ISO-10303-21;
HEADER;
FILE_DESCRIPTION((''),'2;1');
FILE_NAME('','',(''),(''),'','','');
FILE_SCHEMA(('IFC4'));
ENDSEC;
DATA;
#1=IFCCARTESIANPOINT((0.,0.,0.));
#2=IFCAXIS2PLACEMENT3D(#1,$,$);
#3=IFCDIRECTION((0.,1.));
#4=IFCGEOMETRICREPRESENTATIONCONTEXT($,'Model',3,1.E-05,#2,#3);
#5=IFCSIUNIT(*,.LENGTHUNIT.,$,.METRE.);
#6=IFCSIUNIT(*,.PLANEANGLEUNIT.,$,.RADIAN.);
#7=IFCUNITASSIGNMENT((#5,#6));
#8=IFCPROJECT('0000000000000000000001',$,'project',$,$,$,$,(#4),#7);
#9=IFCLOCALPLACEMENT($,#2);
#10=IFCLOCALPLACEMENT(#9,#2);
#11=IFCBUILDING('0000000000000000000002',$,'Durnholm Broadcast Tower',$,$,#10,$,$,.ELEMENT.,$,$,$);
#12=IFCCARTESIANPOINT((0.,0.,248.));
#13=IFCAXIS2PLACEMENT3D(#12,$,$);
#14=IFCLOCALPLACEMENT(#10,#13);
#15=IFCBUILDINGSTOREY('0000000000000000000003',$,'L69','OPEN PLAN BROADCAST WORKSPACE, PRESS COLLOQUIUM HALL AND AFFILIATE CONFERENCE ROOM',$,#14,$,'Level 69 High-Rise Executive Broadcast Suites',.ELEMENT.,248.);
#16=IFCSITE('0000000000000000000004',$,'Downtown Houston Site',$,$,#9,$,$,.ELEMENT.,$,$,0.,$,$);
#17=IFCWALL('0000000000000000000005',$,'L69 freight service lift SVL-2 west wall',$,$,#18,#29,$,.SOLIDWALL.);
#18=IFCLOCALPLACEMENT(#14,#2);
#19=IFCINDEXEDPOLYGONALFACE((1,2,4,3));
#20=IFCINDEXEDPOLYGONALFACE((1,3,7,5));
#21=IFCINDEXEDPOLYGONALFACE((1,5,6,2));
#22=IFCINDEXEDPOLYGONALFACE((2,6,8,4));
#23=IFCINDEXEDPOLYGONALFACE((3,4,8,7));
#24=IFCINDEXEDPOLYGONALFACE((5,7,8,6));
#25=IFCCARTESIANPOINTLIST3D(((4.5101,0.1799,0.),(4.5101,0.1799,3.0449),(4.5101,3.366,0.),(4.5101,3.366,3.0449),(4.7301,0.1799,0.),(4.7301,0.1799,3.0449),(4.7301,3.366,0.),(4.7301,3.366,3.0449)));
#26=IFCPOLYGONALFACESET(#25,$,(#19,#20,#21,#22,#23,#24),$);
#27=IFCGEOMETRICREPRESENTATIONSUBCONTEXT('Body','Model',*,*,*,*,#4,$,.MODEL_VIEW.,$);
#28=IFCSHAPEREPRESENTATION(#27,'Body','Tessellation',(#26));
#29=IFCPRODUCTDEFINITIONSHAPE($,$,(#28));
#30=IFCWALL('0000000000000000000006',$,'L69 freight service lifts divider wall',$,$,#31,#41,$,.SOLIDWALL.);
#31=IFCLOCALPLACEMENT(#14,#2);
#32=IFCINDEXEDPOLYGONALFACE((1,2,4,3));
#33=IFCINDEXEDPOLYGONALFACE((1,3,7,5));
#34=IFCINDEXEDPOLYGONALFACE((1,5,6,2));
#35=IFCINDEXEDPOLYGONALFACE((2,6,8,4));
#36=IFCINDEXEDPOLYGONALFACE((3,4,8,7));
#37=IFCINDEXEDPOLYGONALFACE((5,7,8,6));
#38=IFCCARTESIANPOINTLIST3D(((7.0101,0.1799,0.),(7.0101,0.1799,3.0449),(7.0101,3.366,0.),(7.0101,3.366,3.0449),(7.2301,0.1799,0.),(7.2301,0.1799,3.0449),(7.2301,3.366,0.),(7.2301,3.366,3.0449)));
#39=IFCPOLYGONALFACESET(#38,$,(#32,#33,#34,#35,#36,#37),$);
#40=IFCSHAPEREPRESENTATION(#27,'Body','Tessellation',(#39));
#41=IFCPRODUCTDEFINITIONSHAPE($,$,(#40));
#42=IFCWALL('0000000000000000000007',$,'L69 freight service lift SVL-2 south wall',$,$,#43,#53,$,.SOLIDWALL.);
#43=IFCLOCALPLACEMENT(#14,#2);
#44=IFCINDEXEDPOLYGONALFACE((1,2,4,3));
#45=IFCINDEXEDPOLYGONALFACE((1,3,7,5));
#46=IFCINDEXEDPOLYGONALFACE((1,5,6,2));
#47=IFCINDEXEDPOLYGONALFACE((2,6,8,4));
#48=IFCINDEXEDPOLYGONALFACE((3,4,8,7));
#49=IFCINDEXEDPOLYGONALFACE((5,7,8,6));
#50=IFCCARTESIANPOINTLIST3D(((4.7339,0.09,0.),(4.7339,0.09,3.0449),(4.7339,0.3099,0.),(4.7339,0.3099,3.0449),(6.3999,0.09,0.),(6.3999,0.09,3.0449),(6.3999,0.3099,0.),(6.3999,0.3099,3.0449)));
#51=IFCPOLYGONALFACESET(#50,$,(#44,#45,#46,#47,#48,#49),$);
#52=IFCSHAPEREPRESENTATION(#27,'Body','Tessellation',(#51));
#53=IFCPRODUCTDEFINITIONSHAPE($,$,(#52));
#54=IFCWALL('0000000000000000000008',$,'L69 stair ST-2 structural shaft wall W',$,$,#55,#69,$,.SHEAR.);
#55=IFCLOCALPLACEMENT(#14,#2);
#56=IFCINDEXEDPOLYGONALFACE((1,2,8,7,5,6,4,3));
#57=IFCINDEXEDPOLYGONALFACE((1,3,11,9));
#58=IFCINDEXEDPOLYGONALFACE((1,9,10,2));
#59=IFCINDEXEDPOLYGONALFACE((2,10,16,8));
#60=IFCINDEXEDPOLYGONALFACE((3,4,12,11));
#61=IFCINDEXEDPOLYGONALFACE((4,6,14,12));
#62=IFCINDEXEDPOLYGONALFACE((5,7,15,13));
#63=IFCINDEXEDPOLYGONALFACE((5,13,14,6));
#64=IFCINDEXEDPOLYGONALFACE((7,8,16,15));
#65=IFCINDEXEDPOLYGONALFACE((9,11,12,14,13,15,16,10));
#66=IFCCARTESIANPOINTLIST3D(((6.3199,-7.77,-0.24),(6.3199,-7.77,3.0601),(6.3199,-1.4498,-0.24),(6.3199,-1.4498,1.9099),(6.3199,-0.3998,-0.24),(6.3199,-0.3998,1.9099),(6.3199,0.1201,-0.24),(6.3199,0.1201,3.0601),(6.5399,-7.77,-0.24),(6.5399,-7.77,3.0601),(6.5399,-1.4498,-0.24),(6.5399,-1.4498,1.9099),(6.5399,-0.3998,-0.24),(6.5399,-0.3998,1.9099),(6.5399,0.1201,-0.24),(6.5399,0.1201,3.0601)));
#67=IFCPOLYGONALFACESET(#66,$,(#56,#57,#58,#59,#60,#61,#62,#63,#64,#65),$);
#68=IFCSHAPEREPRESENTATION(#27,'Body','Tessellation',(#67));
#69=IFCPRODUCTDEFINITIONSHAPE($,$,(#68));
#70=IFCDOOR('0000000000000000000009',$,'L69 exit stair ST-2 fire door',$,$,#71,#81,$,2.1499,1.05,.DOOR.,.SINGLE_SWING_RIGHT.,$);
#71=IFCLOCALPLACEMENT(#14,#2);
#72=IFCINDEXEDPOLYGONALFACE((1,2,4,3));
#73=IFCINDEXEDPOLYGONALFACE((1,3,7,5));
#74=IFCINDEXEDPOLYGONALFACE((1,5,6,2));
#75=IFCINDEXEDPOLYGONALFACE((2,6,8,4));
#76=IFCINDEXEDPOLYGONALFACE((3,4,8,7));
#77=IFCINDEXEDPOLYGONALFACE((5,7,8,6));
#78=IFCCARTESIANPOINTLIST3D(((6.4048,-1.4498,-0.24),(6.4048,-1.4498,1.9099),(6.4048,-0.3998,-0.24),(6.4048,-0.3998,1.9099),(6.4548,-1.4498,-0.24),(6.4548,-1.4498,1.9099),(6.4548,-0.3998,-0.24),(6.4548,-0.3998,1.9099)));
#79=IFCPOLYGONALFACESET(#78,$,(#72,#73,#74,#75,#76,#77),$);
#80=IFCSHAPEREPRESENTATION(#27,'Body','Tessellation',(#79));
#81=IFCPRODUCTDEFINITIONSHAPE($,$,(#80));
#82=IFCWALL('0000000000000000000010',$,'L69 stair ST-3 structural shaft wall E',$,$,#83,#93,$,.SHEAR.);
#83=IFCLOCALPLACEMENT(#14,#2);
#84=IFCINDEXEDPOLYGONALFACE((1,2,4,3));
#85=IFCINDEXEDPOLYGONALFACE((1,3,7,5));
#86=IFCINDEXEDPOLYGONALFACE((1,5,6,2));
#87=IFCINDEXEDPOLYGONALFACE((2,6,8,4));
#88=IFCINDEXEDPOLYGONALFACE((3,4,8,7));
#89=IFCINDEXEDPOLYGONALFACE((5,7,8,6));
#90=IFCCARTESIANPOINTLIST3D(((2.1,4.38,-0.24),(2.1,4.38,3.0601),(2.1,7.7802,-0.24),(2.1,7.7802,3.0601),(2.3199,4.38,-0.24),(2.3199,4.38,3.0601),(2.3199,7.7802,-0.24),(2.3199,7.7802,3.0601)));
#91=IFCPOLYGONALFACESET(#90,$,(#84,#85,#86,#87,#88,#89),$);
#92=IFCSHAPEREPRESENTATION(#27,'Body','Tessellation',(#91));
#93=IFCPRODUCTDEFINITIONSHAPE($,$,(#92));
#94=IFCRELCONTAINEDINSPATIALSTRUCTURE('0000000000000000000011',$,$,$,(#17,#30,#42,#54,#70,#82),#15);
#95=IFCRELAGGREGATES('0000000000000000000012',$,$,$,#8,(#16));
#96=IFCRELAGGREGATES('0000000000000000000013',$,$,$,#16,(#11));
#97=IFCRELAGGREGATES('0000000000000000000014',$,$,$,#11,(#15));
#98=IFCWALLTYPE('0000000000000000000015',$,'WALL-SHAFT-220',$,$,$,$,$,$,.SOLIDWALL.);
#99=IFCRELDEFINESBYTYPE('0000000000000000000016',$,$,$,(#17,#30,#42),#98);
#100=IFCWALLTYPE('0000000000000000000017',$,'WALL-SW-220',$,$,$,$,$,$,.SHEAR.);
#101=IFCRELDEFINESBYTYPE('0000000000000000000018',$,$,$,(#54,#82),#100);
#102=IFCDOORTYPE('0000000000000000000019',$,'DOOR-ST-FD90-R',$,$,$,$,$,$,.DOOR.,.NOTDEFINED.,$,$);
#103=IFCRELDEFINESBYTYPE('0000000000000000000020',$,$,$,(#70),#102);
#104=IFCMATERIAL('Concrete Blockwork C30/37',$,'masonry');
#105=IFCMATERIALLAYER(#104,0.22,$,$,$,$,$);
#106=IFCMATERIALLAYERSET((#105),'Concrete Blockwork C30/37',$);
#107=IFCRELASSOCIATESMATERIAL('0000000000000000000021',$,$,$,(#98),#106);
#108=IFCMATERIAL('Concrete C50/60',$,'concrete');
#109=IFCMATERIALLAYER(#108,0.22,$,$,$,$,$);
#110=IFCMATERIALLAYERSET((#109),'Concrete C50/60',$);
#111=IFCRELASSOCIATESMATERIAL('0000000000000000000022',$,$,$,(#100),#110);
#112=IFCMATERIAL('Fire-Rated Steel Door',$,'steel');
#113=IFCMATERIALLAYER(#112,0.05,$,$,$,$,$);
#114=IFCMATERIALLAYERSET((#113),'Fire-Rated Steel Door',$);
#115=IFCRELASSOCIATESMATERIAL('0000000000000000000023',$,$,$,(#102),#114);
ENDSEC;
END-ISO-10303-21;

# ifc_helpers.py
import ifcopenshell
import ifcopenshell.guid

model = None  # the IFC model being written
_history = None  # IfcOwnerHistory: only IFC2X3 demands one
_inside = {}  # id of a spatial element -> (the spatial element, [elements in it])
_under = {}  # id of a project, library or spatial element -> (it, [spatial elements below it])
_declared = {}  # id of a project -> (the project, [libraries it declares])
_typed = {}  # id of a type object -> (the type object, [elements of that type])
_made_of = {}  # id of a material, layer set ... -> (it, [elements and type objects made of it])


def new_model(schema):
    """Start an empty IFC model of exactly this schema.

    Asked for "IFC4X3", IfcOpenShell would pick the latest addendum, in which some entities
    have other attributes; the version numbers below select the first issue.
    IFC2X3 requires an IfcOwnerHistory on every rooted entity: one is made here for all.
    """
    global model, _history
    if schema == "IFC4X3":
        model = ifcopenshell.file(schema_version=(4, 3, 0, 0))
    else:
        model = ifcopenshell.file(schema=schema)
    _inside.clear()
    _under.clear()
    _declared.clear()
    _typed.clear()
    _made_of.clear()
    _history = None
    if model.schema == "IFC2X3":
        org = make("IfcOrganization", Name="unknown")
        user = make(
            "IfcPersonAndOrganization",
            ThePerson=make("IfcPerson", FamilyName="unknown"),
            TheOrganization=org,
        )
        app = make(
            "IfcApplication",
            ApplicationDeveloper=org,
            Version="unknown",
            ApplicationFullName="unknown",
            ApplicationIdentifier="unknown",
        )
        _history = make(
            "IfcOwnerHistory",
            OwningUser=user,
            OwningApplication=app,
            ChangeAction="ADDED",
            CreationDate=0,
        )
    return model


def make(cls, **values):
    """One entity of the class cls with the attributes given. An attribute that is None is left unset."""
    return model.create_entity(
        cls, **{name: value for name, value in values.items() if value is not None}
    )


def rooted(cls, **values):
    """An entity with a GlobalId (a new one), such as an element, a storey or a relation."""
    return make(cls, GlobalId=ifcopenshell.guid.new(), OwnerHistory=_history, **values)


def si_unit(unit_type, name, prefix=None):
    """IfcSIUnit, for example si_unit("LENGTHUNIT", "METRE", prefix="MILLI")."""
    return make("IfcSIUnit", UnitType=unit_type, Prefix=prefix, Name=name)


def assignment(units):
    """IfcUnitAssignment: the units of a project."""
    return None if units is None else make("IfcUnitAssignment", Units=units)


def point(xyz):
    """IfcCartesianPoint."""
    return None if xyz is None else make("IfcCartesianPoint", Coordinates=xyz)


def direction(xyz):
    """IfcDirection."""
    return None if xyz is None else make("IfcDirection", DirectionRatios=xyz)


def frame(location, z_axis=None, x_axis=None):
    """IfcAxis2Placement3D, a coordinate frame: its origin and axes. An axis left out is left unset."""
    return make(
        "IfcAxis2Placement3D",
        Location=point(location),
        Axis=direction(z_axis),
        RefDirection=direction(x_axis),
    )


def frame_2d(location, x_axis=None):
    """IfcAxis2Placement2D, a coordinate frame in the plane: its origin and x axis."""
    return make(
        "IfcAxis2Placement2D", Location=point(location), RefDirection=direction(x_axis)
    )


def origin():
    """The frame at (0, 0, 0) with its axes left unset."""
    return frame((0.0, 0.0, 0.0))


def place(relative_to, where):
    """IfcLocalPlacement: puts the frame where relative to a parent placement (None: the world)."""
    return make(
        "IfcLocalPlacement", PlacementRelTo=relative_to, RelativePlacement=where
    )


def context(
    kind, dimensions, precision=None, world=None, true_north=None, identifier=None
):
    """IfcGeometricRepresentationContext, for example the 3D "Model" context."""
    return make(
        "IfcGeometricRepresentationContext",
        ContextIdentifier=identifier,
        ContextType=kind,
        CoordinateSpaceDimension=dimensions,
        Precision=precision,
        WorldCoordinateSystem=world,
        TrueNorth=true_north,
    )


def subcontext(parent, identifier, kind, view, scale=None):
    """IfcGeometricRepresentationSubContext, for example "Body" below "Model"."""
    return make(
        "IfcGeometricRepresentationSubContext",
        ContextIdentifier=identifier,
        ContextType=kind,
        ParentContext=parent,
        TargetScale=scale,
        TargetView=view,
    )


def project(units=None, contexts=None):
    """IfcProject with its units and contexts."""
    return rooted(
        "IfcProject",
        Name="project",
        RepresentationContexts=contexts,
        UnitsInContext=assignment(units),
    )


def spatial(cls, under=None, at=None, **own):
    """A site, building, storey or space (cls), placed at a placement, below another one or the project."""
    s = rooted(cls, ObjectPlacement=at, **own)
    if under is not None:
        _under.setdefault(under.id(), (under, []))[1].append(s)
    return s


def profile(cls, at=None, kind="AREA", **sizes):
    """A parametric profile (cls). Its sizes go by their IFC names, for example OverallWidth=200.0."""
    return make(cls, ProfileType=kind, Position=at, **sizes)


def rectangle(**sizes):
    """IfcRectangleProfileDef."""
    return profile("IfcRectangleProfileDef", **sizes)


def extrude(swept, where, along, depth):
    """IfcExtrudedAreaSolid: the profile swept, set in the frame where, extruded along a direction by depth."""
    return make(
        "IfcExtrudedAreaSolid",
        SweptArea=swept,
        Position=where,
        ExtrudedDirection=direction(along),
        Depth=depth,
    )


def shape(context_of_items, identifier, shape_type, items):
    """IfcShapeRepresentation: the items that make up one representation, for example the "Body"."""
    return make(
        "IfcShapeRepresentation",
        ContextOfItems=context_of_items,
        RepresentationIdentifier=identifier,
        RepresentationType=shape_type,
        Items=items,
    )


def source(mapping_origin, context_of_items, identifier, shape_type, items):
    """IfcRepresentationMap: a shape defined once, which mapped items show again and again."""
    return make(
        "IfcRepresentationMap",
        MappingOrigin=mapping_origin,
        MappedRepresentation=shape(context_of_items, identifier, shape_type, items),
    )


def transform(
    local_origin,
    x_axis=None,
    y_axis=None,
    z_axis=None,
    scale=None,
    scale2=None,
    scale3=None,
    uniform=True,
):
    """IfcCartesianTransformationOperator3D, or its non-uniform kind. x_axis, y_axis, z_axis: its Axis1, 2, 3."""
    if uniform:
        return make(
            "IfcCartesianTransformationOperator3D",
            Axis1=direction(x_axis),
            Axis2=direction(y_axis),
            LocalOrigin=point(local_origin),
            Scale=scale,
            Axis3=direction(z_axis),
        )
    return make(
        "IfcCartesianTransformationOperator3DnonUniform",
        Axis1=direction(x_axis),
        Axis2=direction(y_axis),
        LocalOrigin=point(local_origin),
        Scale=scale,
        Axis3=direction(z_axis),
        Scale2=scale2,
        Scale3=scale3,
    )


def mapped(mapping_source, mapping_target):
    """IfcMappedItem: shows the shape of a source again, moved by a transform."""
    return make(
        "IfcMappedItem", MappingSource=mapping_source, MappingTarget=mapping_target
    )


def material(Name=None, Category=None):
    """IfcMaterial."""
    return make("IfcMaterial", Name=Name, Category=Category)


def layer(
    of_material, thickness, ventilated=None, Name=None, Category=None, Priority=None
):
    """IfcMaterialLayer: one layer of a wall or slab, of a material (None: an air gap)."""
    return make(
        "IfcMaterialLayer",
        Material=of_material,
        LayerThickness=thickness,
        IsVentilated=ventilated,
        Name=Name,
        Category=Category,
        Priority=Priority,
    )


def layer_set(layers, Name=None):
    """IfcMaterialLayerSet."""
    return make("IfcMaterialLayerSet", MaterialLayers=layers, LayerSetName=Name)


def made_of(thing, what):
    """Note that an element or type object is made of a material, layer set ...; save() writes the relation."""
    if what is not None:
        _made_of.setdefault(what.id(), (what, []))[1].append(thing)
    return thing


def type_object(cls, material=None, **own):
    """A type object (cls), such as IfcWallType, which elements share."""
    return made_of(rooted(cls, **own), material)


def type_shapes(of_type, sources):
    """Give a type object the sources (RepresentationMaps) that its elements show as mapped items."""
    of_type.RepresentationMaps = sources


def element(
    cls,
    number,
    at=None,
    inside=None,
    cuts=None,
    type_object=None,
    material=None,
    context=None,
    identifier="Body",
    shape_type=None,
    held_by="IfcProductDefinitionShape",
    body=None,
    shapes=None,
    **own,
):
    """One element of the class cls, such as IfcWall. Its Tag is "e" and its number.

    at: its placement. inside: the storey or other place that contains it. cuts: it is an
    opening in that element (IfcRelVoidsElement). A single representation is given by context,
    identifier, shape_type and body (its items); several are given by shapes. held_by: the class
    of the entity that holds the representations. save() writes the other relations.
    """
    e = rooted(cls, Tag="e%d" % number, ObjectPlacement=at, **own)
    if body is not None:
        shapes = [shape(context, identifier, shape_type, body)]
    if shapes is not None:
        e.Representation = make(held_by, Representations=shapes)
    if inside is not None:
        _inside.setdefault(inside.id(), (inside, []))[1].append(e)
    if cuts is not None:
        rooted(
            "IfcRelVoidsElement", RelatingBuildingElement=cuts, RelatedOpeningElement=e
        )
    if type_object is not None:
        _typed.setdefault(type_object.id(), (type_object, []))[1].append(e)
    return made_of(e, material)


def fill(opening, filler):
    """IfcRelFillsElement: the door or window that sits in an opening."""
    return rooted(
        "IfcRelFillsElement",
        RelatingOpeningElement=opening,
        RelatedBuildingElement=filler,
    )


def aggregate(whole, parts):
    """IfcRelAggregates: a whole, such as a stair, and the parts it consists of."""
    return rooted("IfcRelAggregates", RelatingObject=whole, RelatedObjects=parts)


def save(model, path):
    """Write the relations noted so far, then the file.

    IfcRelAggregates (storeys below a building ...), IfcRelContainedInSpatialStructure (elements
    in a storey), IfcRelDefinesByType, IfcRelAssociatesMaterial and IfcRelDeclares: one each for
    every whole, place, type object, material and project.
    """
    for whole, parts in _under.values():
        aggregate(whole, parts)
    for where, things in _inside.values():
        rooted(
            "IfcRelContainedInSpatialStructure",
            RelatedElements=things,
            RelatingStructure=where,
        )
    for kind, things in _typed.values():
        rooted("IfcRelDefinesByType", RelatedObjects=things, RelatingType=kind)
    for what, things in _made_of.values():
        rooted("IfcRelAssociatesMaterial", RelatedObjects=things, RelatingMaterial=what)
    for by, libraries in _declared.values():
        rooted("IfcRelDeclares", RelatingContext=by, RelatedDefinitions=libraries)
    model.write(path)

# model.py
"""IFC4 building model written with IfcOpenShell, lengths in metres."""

from ifc_helpers import new_model, si_unit, direction, frame, frame_2d, origin, place, context, subcontext, project, spatial, rectangle, extrude, source, transform, mapped, material, layer, layer_set, type_object, type_shapes, element, fill, save


model = new_model("IFC4")

# Units and contexts
model_context = context("Model", 3, precision=1e-05, world=origin(), true_north=direction((0.0, 1.0)))
body_context = subcontext(model_context, "Body", "Model", "MODEL_VIEW")
ifc_project = project(units=[si_unit("LENGTHUNIT", "METRE"), si_unit("PLANEANGLEUNIT", "RADIAN")], contexts=[model_context])

# Site, building, storey
site_placement = place(None, origin())
site = spatial("IfcSite", under=ifc_project, at=site_placement, Name="Downtown Houston Site", CompositionType="ELEMENT", RefElevation=0.0)
building_placement = place(site_placement, origin())
building = spatial("IfcBuilding", under=site, at=building_placement, Name="Durnholm Broadcast Tower", CompositionType="ELEMENT")
storey_placement = place(building_placement, frame((0.0, 0.0, 248.0)))
storey = spatial("IfcBuildingStorey", under=building, at=storey_placement, Name="L69", Description="OPEN PLAN BROADCAST WORKSPACE, PRESS COLLOQUIUM HALL AND AFFILIATE CONFERENCE ROOM", LongName="Level 69 High-Rise Executive Broadcast Suites", CompositionType="ELEMENT", Elevation=248.0)

# Shared definitions
ifc_material_1 = material(Name="Concrete C50/60", Category="concrete")

# Shared definitions
ifc_material_2 = material(Name="Concrete Blockwork C30/37", Category="masonry")
ifc_layer_1 = layer(ifc_material_2, 0.22)
ifc_layer_set_1 = layer_set([ifc_layer_1], Name="Concrete Blockwork C30/37")
wall_type_1 = type_object("IfcWallType", Name="WALL-SHAFT-220", PredefinedType="SOLIDWALL", material=ifc_layer_set_1)

# Walls
for number, where, z_axis, x_axis, name in (
    (1, (4.6201, 0.1799, 0.0), (0.0, 0.0, 1.0), (0.0, 1.0, 0.0), "L69 freight service lift SVL-2 west wall"),
    (2, (7.1201, 0.1799, 0.0), (0.0, 0.0, 1.0), (0.0, 1.0, 0.0), "L69 freight service lifts divider wall"),
):
    element("IfcWall", number, at=place(storey_placement, frame(where, z_axis=z_axis, x_axis=x_axis)), inside=storey, type_object=wall_type_1, Name=name, PredefinedType="SOLIDWALL", context=body_context, shape_type="SweptSolid", body=[
        extrude(rectangle(XDim=3.186, YDim=0.22, at=frame_2d((1.593, 0.0))), origin(), (0.0, 0.0, 1.0), 3.0449),
    ])
wall_1_placement = place(storey_placement, frame((4.7339, 0.2, 0.0), z_axis=(0.0, 0.0, 1.0), x_axis=(1.0, 0.0, 0.0)))
element("IfcWall", 3, at=wall_1_placement, inside=storey, type_object=wall_type_1, Name="L69 freight service lift SVL-2 south wall", PredefinedType="SOLIDWALL", context=body_context, shape_type="SweptSolid", body=[
    extrude(rectangle(XDim=1.666, YDim=0.22, at=frame_2d((0.833, 0.0))), origin(), (0.0, 0.0, 1.0), 3.0449),
])

# Wall, opening, door
ifc_layer_2 = layer(ifc_material_1, 0.22)
ifc_layer_set_2 = layer_set([ifc_layer_2], Name="Concrete C50/60")
wall_type_2 = type_object("IfcWallType", Name="WALL-SW-220", PredefinedType="SHEAR", material=ifc_layer_set_2)
wall_2_placement = place(storey_placement, frame((6.4299, 0.1201, -0.24), z_axis=(0.0, 0.0, 1.0), x_axis=(0.0, -1.0, 0.0)))
wall_2 = element("IfcWall", 4, at=wall_2_placement, inside=storey, type_object=wall_type_2, Name="L69 stair ST-2 structural shaft wall W", PredefinedType="SHEAR", context=body_context, shape_type="SweptSolid", body=[
    extrude(rectangle(XDim=7.8901, YDim=0.22, at=frame_2d((3.9451, 0.0))), origin(), (0.0, 0.0, 1.0), 3.3),
])
opening_1_placement = place(wall_2_placement, frame((0.52, 0.0, 0.0)))
opening_1 = element("IfcOpeningElement", 5, at=opening_1_placement, cuts=wall_2, PredefinedType="OPENING", context=body_context, shape_type="SweptSolid", body=[
    extrude(rectangle(XDim=1.05, YDim=2.1499, at=frame_2d((0.5249, 1.075))), frame((0.0, 0.1201, 0.0), z_axis=(0.0, -1.0, 0.0), x_axis=(1.0, 0.0, 0.0)), (0.0, 0.0, 1.0), 0.24),
])
ifc_material_3 = material(Name="Fire-Rated Steel Door", Category="steel")
ifc_layer_3 = layer(ifc_material_3, 0.05)
ifc_layer_set_3 = layer_set([ifc_layer_3], Name="Fire-Rated Steel Door")
door_type_1 = type_object("IfcDoorType", Name="DOOR-ST-FD90-R", OperationType="NOTDEFINED", PredefinedType="DOOR", material=ifc_layer_set_3)
shared_shape_1 = source(origin(), body_context, "Body", "SweptSolid", [
    extrude(rectangle(XDim=1.05, YDim=2.1499, at=frame_2d((0.5249, 1.075))), frame((0.0, 0.0249, 0.0), z_axis=(0.0, -1.0, 0.0), x_axis=(1.0, 0.0, 0.0)), (0.0, 0.0, 1.0), 0.05),
])
type_shapes(door_type_1, [shared_shape_1])
door_1_placement = place(opening_1_placement, origin())
door_1 = element("IfcDoor", 6, at=door_1_placement, inside=storey, type_object=door_type_1, Name="L69 exit stair ST-2 fire door", OperationType="SINGLE_SWING_RIGHT", OverallHeight=2.1499, OverallWidth=1.05, PredefinedType="DOOR", context=body_context, shape_type="MappedRepresentation", body=[
    mapped(shared_shape_1, transform((0.0, 0.0, 0.0), x_axis=(1.0, 0.0, 0.0), y_axis=(0.0, 1.0, 0.0), z_axis=(0.0, 0.0, 1.0), scale=1.0)),
])
fill(opening_1, door_1)

# Wall
wall_3_placement = place(storey_placement, frame((2.21, 4.3799, -0.24), z_axis=(0.0, 0.0, 1.0), x_axis=(0.0, 1.0, 0.0)))
element("IfcWall", 7, at=wall_3_placement, inside=storey, type_object=wall_type_2, Name="L69 stair ST-3 structural shaft wall E", PredefinedType="SHEAR", context=body_context, shape_type="SweptSolid", body=[
    extrude(rectangle(XDim=3.4001, YDim=0.22, at=frame_2d((1.7002, 0.0))), origin(), (0.0, 0.0, 1.0), 3.3),
])

save(model, "model.ifc")
